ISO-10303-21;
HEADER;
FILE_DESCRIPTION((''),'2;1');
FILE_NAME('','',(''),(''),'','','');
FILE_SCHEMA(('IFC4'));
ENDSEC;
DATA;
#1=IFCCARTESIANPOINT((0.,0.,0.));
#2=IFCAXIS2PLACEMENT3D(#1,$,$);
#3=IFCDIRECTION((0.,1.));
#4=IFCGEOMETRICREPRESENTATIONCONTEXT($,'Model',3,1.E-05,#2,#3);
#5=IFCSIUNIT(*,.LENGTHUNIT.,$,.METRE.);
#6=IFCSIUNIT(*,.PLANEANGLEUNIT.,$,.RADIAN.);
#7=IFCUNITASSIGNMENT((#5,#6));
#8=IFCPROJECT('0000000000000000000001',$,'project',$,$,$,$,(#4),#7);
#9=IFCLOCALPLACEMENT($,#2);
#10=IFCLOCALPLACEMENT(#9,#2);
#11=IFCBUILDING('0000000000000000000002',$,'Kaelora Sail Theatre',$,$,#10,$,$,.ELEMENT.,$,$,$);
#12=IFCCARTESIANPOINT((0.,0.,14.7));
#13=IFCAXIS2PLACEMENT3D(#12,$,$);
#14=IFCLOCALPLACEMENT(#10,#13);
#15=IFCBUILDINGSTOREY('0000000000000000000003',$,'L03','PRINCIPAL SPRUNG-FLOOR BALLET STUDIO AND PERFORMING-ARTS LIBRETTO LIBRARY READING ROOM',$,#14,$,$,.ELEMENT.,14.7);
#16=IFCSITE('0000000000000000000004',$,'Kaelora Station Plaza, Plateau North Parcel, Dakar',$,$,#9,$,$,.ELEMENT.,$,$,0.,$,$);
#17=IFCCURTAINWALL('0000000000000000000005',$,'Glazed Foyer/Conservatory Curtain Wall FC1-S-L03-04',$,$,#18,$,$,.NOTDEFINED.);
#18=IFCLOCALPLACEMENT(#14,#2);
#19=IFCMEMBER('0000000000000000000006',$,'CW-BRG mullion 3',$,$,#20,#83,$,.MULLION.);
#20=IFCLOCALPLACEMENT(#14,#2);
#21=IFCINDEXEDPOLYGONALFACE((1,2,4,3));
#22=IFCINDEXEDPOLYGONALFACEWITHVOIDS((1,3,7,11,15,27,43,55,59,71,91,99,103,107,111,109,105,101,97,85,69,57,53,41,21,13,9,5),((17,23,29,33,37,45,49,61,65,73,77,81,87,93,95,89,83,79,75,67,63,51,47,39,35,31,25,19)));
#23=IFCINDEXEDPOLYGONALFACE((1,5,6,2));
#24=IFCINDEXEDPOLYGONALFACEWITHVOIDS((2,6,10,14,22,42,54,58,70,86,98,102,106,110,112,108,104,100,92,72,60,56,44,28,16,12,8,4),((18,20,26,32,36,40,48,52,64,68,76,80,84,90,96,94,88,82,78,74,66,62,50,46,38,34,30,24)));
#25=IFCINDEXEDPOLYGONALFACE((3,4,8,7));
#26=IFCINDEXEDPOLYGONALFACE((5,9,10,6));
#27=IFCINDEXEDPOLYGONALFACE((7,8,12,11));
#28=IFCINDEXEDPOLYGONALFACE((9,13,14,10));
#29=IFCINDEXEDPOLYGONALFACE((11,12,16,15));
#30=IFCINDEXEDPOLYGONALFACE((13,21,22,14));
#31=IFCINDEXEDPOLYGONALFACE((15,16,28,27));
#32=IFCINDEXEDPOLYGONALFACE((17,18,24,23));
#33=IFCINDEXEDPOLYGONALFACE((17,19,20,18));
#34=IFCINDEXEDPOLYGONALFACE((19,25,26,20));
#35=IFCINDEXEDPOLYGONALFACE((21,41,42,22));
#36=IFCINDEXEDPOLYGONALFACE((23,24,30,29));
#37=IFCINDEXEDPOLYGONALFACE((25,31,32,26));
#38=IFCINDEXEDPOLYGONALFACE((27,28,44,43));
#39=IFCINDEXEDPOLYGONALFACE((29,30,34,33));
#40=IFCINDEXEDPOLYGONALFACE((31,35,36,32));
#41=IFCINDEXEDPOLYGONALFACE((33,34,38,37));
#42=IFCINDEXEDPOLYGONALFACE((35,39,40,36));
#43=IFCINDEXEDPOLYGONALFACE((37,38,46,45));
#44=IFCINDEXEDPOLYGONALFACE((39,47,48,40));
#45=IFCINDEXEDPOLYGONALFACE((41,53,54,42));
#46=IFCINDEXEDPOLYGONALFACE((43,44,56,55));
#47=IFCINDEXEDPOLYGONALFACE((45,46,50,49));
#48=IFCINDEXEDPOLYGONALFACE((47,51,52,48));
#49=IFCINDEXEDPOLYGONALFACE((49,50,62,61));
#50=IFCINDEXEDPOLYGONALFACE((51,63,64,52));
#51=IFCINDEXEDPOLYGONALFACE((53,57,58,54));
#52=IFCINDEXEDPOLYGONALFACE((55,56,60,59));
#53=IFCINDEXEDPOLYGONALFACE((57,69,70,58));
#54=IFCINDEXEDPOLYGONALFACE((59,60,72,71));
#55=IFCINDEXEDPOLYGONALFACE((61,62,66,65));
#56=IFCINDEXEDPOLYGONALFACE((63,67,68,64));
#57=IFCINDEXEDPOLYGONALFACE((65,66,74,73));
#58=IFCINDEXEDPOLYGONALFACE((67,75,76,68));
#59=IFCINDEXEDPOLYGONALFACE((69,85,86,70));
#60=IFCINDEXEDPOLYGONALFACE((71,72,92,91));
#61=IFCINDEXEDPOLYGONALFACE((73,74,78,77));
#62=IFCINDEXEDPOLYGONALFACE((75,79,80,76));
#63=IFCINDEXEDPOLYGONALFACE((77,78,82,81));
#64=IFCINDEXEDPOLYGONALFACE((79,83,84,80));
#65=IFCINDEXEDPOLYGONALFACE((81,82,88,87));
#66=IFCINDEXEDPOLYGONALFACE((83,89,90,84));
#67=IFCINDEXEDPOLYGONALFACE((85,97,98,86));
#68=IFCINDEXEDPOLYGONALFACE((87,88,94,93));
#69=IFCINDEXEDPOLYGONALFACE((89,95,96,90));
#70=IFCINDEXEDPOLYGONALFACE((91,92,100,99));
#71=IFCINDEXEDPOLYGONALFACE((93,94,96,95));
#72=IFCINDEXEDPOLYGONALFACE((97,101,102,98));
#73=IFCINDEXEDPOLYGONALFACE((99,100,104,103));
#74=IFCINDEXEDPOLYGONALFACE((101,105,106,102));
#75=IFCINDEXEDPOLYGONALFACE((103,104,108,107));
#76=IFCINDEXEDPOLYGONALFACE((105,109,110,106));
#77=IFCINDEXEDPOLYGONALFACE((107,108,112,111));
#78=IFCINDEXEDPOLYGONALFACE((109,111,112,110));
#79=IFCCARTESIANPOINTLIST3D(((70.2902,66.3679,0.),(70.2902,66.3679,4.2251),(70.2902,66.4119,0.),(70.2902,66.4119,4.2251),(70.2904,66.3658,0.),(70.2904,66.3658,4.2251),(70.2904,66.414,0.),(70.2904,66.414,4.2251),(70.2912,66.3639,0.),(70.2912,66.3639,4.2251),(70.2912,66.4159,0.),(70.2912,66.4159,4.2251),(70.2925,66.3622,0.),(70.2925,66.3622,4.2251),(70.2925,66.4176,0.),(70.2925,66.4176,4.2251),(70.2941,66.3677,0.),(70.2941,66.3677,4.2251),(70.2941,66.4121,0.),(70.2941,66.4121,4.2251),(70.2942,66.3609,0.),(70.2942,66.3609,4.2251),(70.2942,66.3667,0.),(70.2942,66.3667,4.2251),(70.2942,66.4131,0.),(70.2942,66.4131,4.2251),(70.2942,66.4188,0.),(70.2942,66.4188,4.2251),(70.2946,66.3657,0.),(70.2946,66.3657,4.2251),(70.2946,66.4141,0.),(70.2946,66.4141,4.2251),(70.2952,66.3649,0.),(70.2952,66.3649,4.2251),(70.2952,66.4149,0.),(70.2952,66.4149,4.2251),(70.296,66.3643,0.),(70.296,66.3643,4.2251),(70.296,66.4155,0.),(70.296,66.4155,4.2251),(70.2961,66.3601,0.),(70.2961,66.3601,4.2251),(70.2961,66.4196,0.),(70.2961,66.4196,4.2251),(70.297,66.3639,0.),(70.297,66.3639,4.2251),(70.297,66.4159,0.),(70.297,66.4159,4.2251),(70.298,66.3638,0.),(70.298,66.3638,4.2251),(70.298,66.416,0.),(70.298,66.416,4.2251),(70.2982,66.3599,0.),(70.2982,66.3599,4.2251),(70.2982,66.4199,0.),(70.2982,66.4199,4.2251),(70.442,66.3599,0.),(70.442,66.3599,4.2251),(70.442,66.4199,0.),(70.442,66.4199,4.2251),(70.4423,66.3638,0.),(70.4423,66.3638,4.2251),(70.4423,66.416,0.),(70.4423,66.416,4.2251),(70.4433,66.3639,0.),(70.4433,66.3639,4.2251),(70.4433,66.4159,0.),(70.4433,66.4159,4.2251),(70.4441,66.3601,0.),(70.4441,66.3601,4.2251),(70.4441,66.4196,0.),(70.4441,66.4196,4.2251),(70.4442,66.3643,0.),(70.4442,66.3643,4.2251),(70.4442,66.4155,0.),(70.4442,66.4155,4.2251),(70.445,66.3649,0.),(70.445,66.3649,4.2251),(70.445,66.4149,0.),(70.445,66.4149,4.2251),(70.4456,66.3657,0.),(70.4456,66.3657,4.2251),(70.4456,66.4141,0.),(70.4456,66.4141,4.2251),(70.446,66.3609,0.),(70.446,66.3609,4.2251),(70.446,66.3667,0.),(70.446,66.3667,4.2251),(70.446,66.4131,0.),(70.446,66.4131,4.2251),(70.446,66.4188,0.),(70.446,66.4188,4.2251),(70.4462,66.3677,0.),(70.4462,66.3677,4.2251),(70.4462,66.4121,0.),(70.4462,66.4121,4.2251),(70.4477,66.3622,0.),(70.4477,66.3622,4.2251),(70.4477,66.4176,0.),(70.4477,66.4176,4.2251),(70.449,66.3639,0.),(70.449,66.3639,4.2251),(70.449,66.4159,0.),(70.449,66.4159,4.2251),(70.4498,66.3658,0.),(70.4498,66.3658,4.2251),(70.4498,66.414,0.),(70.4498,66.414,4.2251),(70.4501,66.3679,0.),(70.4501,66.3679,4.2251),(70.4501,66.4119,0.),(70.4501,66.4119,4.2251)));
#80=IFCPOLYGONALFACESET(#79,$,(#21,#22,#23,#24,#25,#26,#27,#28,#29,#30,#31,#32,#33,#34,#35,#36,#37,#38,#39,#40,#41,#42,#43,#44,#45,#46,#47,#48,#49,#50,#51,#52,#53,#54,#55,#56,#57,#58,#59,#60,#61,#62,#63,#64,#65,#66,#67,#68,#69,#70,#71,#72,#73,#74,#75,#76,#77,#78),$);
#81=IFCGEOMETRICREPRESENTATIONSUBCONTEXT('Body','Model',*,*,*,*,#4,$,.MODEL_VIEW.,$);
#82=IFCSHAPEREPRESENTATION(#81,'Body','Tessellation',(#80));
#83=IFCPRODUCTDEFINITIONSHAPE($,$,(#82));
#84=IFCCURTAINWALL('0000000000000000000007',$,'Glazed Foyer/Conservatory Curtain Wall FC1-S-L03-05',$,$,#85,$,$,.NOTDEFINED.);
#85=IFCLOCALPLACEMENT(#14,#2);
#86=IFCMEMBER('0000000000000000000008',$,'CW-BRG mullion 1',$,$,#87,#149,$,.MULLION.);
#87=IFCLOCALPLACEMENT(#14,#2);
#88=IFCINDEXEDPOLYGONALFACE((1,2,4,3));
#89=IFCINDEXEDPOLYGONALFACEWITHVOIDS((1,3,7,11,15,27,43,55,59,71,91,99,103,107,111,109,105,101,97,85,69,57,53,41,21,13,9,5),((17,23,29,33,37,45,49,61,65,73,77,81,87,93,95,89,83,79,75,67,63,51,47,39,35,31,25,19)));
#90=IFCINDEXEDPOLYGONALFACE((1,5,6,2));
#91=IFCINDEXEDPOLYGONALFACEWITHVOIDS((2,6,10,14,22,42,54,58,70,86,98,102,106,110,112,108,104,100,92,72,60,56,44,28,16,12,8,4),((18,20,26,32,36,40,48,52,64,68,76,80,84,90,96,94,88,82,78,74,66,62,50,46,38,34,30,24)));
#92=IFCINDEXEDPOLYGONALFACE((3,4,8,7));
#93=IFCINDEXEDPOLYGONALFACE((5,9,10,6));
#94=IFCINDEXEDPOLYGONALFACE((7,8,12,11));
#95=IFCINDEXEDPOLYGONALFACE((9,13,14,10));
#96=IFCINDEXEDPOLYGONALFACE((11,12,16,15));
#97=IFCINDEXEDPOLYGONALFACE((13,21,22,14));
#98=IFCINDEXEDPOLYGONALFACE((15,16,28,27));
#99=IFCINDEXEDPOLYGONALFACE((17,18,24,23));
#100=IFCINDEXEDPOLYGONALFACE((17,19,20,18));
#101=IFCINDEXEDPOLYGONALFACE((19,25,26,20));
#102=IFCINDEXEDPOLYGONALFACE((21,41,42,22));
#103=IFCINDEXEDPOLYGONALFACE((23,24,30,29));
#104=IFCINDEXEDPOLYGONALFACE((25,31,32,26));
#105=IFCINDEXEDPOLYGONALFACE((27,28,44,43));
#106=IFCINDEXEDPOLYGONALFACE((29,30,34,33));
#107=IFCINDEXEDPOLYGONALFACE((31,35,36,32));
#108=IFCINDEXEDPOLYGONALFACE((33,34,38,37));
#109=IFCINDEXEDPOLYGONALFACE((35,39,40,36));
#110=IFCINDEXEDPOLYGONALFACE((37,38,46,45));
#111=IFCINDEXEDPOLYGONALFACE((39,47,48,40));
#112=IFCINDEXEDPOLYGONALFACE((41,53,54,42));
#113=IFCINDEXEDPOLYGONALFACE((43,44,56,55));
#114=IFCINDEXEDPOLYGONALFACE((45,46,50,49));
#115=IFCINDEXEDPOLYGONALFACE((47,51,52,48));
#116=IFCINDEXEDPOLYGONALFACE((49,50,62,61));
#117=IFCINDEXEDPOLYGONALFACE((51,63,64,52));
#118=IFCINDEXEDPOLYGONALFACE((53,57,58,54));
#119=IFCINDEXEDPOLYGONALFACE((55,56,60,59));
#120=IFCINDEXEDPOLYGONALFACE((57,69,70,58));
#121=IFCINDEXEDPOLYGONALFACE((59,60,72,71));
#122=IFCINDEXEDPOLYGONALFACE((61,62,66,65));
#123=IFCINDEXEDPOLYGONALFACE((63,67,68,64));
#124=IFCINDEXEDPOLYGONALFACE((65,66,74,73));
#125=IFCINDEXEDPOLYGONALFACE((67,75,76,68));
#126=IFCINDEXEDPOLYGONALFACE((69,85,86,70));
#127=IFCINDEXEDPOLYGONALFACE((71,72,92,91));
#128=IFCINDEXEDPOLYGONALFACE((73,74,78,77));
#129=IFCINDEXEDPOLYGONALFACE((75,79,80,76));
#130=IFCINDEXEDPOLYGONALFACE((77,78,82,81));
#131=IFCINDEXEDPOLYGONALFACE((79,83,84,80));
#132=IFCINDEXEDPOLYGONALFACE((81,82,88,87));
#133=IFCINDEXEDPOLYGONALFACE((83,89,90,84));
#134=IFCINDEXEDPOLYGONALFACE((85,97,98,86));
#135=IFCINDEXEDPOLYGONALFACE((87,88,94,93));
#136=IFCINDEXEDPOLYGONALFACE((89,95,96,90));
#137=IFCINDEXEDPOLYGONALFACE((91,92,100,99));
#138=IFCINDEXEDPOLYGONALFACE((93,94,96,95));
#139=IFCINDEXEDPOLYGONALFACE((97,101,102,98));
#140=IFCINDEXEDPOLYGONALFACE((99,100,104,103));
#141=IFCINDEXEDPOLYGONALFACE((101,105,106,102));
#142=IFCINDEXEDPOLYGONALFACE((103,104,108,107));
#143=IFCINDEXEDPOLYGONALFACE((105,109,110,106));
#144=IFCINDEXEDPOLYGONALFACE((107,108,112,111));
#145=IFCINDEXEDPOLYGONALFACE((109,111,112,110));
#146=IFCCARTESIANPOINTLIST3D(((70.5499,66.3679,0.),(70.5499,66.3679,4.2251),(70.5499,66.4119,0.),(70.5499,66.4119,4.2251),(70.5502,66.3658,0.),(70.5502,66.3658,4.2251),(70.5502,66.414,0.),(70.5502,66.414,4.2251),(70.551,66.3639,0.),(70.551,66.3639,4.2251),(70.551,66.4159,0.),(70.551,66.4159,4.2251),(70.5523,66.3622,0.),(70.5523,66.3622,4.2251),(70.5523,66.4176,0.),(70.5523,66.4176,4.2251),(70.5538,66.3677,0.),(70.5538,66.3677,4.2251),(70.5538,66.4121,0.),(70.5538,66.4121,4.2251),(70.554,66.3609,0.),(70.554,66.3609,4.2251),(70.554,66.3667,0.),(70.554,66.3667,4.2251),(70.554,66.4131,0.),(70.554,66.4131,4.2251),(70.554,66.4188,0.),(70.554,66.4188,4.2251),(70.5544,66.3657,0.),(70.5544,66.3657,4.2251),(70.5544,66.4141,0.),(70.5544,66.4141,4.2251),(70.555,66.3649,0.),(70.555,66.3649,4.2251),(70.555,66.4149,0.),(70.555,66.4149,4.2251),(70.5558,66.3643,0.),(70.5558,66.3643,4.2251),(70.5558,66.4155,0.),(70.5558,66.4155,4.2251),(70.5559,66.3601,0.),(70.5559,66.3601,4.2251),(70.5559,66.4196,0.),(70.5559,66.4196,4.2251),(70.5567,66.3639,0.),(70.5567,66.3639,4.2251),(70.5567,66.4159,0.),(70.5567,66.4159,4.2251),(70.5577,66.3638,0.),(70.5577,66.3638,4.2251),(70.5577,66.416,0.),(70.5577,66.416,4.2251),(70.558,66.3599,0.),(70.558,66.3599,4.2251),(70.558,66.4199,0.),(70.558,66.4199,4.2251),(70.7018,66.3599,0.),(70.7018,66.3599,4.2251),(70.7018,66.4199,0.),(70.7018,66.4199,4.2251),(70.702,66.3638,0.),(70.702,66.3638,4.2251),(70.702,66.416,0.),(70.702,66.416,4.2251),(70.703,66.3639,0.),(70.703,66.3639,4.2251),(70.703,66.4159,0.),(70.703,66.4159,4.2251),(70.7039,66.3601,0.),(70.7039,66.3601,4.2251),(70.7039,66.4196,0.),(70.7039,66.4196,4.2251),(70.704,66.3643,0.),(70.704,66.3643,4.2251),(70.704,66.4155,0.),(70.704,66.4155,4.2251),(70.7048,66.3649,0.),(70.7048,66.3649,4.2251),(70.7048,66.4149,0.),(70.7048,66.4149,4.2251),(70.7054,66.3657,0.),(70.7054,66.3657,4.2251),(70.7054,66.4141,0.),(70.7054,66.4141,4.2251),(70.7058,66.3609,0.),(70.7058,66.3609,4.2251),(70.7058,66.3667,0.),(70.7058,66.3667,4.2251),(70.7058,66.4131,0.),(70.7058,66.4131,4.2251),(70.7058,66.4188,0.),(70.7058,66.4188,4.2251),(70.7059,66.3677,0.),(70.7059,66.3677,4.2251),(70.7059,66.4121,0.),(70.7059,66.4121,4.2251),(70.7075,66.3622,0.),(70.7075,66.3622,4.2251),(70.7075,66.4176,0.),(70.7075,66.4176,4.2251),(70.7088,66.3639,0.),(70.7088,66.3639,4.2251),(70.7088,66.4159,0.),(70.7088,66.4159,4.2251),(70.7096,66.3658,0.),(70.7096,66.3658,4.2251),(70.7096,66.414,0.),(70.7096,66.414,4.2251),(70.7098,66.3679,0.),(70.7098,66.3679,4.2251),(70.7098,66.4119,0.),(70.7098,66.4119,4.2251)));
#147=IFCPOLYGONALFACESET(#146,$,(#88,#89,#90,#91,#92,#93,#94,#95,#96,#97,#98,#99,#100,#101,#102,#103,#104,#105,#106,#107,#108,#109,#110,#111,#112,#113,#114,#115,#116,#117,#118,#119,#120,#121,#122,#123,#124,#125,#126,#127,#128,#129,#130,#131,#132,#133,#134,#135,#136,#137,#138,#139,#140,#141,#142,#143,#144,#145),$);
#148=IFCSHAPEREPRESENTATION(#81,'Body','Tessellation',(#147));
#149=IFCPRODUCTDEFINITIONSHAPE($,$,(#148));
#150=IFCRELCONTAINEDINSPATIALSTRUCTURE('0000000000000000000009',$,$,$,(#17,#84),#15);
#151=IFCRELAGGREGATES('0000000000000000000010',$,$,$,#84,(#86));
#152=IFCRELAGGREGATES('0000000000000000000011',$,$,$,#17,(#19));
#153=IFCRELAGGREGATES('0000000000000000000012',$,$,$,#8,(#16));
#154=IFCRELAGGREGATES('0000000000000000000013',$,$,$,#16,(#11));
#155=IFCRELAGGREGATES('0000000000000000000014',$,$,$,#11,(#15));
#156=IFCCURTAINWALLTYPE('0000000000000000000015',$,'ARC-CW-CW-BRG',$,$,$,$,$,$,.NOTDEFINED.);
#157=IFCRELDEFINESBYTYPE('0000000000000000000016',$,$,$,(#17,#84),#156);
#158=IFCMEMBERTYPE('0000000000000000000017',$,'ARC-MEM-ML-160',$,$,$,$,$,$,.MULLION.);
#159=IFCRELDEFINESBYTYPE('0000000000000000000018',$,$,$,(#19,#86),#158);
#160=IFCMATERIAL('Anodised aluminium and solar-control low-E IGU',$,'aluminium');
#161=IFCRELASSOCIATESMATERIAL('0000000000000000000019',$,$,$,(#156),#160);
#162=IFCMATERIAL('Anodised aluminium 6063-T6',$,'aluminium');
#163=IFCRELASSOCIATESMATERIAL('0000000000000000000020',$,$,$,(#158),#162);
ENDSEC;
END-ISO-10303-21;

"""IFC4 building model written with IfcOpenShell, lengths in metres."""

from ifc_helpers import new_model, si_unit, direction, frame, origin, origin_2d, place, context, subcontext, project, spatial, hollow_rectangle, extrude, material, material_profile, profile_set, type_object, element, aggregate, save


model = new_model("IFC4")

# Units and contexts
model_context = context("Model", 3, precision=1e-05, world=origin(), true_north=direction((0.0, 1.0)))
body_context = subcontext(model_context, "Body", "Model", "MODEL_VIEW")
ifc_project = project(units=[si_unit("LENGTHUNIT", "METRE"), si_unit("PLANEANGLEUNIT", "RADIAN")], contexts=[model_context])

# Site, building, storey
site_placement = place(None, origin())
site = spatial("IfcSite", under=ifc_project, at=site_placement, Name="Kaelora Station Plaza, Plateau North Parcel, Dakar", CompositionType="ELEMENT", RefElevation=0.0)
building_placement = place(site_placement, origin())
building = spatial("IfcBuilding", under=site, at=building_placement, Name="Kaelora Sail Theatre", CompositionType="ELEMENT")
storey_placement = place(building_placement, frame((0.0, 0.0, 14.7)))
storey = spatial("IfcBuildingStorey", under=building, at=storey_placement, Name="L03", Description="PRINCIPAL SPRUNG-FLOOR BALLET STUDIO AND PERFORMING-ARTS LIBRETTO LIBRARY READING ROOM", CompositionType="ELEMENT", Elevation=14.7)

# Curtain wall, member
ifc_material_1 = material(Name="Anodised aluminium and solar-control low-E IGU", Category="aluminium")
curtain_wall_type = type_object("IfcCurtainWallType", Name="ARC-CW-CW-BRG", PredefinedType="NOTDEFINED", material=ifc_material_1)
ifc_material_2 = material(Name="Anodised aluminium 6063-T6", Category="aluminium")
ifc_material_profile_1 = material_profile(ifc_material_2, hollow_rectangle(XDim=0.0601, YDim=0.1599, WallThickness=0.0039, InnerFilletRadius=0.0039, OuterFilletRadius=0.0081, at=origin_2d()), Name="ALU-MULL 60x160x4")
ifc_profile_set_1 = profile_set([ifc_material_profile_1], Name="Anodised aluminium 6063-T6")
member_type_1 = type_object("IfcMemberType", Name="ARC-MEM-ML-160", PredefinedType="MULLION", material=ifc_profile_set_1)
curtain_wall_1_placement = place(storey_placement, origin())
curtain_wall_1 = element("IfcCurtainWall", 1, at=curtain_wall_1_placement, inside=storey, type_object=curtain_wall_type, Name="Glazed Foyer/Conservatory Curtain Wall FC1-S-L03-04", PredefinedType="NOTDEFINED")
member_1_placement = place(storey_placement, frame((70.3701, 66.3899, 0.0), z_axis=(0.0, 0.0, 1.0), x_axis=(0.0, 1.0, 0.0)))
member_1 = element("IfcMember", 2, at=member_1_placement, type_object=member_type_1, Name="CW-BRG mullion 3", PredefinedType="MULLION", context=body_context, shape_type="SweptSolid", body=[
    extrude(hollow_rectangle(XDim=0.0601, YDim=0.1599, WallThickness=0.0039, InnerFilletRadius=0.0039, OuterFilletRadius=0.0081, at=origin_2d()), origin(), (0.0, 0.0, 1.0), 4.2251),
])

# Curtain wall, member
curtain_wall_2_placement = place(storey_placement, origin())
curtain_wall_2 = element("IfcCurtainWall", 3, at=curtain_wall_2_placement, inside=storey, type_object=curtain_wall_type, Name="Glazed Foyer/Conservatory Curtain Wall FC1-S-L03-05", PredefinedType="NOTDEFINED")
member_2_placement = place(storey_placement, frame((70.6299, 66.3899, 0.0), z_axis=(0.0, 0.0, 1.0), x_axis=(0.0, 1.0, 0.0)))
member_2 = element("IfcMember", 4, at=member_2_placement, type_object=member_type_1, Name="CW-BRG mullion 1", PredefinedType="MULLION", context=body_context, shape_type="SweptSolid", body=[
    extrude(hollow_rectangle(XDim=0.0601, YDim=0.1599, WallThickness=0.0039, InnerFilletRadius=0.0039, OuterFilletRadius=0.0081, at=origin_2d()), origin(), (0.0, 0.0, 1.0), 4.2251),
])
aggregate(curtain_wall_2, [member_2])

aggregate(curtain_wall_1, [member_1])

save(model, "model.ifc")
